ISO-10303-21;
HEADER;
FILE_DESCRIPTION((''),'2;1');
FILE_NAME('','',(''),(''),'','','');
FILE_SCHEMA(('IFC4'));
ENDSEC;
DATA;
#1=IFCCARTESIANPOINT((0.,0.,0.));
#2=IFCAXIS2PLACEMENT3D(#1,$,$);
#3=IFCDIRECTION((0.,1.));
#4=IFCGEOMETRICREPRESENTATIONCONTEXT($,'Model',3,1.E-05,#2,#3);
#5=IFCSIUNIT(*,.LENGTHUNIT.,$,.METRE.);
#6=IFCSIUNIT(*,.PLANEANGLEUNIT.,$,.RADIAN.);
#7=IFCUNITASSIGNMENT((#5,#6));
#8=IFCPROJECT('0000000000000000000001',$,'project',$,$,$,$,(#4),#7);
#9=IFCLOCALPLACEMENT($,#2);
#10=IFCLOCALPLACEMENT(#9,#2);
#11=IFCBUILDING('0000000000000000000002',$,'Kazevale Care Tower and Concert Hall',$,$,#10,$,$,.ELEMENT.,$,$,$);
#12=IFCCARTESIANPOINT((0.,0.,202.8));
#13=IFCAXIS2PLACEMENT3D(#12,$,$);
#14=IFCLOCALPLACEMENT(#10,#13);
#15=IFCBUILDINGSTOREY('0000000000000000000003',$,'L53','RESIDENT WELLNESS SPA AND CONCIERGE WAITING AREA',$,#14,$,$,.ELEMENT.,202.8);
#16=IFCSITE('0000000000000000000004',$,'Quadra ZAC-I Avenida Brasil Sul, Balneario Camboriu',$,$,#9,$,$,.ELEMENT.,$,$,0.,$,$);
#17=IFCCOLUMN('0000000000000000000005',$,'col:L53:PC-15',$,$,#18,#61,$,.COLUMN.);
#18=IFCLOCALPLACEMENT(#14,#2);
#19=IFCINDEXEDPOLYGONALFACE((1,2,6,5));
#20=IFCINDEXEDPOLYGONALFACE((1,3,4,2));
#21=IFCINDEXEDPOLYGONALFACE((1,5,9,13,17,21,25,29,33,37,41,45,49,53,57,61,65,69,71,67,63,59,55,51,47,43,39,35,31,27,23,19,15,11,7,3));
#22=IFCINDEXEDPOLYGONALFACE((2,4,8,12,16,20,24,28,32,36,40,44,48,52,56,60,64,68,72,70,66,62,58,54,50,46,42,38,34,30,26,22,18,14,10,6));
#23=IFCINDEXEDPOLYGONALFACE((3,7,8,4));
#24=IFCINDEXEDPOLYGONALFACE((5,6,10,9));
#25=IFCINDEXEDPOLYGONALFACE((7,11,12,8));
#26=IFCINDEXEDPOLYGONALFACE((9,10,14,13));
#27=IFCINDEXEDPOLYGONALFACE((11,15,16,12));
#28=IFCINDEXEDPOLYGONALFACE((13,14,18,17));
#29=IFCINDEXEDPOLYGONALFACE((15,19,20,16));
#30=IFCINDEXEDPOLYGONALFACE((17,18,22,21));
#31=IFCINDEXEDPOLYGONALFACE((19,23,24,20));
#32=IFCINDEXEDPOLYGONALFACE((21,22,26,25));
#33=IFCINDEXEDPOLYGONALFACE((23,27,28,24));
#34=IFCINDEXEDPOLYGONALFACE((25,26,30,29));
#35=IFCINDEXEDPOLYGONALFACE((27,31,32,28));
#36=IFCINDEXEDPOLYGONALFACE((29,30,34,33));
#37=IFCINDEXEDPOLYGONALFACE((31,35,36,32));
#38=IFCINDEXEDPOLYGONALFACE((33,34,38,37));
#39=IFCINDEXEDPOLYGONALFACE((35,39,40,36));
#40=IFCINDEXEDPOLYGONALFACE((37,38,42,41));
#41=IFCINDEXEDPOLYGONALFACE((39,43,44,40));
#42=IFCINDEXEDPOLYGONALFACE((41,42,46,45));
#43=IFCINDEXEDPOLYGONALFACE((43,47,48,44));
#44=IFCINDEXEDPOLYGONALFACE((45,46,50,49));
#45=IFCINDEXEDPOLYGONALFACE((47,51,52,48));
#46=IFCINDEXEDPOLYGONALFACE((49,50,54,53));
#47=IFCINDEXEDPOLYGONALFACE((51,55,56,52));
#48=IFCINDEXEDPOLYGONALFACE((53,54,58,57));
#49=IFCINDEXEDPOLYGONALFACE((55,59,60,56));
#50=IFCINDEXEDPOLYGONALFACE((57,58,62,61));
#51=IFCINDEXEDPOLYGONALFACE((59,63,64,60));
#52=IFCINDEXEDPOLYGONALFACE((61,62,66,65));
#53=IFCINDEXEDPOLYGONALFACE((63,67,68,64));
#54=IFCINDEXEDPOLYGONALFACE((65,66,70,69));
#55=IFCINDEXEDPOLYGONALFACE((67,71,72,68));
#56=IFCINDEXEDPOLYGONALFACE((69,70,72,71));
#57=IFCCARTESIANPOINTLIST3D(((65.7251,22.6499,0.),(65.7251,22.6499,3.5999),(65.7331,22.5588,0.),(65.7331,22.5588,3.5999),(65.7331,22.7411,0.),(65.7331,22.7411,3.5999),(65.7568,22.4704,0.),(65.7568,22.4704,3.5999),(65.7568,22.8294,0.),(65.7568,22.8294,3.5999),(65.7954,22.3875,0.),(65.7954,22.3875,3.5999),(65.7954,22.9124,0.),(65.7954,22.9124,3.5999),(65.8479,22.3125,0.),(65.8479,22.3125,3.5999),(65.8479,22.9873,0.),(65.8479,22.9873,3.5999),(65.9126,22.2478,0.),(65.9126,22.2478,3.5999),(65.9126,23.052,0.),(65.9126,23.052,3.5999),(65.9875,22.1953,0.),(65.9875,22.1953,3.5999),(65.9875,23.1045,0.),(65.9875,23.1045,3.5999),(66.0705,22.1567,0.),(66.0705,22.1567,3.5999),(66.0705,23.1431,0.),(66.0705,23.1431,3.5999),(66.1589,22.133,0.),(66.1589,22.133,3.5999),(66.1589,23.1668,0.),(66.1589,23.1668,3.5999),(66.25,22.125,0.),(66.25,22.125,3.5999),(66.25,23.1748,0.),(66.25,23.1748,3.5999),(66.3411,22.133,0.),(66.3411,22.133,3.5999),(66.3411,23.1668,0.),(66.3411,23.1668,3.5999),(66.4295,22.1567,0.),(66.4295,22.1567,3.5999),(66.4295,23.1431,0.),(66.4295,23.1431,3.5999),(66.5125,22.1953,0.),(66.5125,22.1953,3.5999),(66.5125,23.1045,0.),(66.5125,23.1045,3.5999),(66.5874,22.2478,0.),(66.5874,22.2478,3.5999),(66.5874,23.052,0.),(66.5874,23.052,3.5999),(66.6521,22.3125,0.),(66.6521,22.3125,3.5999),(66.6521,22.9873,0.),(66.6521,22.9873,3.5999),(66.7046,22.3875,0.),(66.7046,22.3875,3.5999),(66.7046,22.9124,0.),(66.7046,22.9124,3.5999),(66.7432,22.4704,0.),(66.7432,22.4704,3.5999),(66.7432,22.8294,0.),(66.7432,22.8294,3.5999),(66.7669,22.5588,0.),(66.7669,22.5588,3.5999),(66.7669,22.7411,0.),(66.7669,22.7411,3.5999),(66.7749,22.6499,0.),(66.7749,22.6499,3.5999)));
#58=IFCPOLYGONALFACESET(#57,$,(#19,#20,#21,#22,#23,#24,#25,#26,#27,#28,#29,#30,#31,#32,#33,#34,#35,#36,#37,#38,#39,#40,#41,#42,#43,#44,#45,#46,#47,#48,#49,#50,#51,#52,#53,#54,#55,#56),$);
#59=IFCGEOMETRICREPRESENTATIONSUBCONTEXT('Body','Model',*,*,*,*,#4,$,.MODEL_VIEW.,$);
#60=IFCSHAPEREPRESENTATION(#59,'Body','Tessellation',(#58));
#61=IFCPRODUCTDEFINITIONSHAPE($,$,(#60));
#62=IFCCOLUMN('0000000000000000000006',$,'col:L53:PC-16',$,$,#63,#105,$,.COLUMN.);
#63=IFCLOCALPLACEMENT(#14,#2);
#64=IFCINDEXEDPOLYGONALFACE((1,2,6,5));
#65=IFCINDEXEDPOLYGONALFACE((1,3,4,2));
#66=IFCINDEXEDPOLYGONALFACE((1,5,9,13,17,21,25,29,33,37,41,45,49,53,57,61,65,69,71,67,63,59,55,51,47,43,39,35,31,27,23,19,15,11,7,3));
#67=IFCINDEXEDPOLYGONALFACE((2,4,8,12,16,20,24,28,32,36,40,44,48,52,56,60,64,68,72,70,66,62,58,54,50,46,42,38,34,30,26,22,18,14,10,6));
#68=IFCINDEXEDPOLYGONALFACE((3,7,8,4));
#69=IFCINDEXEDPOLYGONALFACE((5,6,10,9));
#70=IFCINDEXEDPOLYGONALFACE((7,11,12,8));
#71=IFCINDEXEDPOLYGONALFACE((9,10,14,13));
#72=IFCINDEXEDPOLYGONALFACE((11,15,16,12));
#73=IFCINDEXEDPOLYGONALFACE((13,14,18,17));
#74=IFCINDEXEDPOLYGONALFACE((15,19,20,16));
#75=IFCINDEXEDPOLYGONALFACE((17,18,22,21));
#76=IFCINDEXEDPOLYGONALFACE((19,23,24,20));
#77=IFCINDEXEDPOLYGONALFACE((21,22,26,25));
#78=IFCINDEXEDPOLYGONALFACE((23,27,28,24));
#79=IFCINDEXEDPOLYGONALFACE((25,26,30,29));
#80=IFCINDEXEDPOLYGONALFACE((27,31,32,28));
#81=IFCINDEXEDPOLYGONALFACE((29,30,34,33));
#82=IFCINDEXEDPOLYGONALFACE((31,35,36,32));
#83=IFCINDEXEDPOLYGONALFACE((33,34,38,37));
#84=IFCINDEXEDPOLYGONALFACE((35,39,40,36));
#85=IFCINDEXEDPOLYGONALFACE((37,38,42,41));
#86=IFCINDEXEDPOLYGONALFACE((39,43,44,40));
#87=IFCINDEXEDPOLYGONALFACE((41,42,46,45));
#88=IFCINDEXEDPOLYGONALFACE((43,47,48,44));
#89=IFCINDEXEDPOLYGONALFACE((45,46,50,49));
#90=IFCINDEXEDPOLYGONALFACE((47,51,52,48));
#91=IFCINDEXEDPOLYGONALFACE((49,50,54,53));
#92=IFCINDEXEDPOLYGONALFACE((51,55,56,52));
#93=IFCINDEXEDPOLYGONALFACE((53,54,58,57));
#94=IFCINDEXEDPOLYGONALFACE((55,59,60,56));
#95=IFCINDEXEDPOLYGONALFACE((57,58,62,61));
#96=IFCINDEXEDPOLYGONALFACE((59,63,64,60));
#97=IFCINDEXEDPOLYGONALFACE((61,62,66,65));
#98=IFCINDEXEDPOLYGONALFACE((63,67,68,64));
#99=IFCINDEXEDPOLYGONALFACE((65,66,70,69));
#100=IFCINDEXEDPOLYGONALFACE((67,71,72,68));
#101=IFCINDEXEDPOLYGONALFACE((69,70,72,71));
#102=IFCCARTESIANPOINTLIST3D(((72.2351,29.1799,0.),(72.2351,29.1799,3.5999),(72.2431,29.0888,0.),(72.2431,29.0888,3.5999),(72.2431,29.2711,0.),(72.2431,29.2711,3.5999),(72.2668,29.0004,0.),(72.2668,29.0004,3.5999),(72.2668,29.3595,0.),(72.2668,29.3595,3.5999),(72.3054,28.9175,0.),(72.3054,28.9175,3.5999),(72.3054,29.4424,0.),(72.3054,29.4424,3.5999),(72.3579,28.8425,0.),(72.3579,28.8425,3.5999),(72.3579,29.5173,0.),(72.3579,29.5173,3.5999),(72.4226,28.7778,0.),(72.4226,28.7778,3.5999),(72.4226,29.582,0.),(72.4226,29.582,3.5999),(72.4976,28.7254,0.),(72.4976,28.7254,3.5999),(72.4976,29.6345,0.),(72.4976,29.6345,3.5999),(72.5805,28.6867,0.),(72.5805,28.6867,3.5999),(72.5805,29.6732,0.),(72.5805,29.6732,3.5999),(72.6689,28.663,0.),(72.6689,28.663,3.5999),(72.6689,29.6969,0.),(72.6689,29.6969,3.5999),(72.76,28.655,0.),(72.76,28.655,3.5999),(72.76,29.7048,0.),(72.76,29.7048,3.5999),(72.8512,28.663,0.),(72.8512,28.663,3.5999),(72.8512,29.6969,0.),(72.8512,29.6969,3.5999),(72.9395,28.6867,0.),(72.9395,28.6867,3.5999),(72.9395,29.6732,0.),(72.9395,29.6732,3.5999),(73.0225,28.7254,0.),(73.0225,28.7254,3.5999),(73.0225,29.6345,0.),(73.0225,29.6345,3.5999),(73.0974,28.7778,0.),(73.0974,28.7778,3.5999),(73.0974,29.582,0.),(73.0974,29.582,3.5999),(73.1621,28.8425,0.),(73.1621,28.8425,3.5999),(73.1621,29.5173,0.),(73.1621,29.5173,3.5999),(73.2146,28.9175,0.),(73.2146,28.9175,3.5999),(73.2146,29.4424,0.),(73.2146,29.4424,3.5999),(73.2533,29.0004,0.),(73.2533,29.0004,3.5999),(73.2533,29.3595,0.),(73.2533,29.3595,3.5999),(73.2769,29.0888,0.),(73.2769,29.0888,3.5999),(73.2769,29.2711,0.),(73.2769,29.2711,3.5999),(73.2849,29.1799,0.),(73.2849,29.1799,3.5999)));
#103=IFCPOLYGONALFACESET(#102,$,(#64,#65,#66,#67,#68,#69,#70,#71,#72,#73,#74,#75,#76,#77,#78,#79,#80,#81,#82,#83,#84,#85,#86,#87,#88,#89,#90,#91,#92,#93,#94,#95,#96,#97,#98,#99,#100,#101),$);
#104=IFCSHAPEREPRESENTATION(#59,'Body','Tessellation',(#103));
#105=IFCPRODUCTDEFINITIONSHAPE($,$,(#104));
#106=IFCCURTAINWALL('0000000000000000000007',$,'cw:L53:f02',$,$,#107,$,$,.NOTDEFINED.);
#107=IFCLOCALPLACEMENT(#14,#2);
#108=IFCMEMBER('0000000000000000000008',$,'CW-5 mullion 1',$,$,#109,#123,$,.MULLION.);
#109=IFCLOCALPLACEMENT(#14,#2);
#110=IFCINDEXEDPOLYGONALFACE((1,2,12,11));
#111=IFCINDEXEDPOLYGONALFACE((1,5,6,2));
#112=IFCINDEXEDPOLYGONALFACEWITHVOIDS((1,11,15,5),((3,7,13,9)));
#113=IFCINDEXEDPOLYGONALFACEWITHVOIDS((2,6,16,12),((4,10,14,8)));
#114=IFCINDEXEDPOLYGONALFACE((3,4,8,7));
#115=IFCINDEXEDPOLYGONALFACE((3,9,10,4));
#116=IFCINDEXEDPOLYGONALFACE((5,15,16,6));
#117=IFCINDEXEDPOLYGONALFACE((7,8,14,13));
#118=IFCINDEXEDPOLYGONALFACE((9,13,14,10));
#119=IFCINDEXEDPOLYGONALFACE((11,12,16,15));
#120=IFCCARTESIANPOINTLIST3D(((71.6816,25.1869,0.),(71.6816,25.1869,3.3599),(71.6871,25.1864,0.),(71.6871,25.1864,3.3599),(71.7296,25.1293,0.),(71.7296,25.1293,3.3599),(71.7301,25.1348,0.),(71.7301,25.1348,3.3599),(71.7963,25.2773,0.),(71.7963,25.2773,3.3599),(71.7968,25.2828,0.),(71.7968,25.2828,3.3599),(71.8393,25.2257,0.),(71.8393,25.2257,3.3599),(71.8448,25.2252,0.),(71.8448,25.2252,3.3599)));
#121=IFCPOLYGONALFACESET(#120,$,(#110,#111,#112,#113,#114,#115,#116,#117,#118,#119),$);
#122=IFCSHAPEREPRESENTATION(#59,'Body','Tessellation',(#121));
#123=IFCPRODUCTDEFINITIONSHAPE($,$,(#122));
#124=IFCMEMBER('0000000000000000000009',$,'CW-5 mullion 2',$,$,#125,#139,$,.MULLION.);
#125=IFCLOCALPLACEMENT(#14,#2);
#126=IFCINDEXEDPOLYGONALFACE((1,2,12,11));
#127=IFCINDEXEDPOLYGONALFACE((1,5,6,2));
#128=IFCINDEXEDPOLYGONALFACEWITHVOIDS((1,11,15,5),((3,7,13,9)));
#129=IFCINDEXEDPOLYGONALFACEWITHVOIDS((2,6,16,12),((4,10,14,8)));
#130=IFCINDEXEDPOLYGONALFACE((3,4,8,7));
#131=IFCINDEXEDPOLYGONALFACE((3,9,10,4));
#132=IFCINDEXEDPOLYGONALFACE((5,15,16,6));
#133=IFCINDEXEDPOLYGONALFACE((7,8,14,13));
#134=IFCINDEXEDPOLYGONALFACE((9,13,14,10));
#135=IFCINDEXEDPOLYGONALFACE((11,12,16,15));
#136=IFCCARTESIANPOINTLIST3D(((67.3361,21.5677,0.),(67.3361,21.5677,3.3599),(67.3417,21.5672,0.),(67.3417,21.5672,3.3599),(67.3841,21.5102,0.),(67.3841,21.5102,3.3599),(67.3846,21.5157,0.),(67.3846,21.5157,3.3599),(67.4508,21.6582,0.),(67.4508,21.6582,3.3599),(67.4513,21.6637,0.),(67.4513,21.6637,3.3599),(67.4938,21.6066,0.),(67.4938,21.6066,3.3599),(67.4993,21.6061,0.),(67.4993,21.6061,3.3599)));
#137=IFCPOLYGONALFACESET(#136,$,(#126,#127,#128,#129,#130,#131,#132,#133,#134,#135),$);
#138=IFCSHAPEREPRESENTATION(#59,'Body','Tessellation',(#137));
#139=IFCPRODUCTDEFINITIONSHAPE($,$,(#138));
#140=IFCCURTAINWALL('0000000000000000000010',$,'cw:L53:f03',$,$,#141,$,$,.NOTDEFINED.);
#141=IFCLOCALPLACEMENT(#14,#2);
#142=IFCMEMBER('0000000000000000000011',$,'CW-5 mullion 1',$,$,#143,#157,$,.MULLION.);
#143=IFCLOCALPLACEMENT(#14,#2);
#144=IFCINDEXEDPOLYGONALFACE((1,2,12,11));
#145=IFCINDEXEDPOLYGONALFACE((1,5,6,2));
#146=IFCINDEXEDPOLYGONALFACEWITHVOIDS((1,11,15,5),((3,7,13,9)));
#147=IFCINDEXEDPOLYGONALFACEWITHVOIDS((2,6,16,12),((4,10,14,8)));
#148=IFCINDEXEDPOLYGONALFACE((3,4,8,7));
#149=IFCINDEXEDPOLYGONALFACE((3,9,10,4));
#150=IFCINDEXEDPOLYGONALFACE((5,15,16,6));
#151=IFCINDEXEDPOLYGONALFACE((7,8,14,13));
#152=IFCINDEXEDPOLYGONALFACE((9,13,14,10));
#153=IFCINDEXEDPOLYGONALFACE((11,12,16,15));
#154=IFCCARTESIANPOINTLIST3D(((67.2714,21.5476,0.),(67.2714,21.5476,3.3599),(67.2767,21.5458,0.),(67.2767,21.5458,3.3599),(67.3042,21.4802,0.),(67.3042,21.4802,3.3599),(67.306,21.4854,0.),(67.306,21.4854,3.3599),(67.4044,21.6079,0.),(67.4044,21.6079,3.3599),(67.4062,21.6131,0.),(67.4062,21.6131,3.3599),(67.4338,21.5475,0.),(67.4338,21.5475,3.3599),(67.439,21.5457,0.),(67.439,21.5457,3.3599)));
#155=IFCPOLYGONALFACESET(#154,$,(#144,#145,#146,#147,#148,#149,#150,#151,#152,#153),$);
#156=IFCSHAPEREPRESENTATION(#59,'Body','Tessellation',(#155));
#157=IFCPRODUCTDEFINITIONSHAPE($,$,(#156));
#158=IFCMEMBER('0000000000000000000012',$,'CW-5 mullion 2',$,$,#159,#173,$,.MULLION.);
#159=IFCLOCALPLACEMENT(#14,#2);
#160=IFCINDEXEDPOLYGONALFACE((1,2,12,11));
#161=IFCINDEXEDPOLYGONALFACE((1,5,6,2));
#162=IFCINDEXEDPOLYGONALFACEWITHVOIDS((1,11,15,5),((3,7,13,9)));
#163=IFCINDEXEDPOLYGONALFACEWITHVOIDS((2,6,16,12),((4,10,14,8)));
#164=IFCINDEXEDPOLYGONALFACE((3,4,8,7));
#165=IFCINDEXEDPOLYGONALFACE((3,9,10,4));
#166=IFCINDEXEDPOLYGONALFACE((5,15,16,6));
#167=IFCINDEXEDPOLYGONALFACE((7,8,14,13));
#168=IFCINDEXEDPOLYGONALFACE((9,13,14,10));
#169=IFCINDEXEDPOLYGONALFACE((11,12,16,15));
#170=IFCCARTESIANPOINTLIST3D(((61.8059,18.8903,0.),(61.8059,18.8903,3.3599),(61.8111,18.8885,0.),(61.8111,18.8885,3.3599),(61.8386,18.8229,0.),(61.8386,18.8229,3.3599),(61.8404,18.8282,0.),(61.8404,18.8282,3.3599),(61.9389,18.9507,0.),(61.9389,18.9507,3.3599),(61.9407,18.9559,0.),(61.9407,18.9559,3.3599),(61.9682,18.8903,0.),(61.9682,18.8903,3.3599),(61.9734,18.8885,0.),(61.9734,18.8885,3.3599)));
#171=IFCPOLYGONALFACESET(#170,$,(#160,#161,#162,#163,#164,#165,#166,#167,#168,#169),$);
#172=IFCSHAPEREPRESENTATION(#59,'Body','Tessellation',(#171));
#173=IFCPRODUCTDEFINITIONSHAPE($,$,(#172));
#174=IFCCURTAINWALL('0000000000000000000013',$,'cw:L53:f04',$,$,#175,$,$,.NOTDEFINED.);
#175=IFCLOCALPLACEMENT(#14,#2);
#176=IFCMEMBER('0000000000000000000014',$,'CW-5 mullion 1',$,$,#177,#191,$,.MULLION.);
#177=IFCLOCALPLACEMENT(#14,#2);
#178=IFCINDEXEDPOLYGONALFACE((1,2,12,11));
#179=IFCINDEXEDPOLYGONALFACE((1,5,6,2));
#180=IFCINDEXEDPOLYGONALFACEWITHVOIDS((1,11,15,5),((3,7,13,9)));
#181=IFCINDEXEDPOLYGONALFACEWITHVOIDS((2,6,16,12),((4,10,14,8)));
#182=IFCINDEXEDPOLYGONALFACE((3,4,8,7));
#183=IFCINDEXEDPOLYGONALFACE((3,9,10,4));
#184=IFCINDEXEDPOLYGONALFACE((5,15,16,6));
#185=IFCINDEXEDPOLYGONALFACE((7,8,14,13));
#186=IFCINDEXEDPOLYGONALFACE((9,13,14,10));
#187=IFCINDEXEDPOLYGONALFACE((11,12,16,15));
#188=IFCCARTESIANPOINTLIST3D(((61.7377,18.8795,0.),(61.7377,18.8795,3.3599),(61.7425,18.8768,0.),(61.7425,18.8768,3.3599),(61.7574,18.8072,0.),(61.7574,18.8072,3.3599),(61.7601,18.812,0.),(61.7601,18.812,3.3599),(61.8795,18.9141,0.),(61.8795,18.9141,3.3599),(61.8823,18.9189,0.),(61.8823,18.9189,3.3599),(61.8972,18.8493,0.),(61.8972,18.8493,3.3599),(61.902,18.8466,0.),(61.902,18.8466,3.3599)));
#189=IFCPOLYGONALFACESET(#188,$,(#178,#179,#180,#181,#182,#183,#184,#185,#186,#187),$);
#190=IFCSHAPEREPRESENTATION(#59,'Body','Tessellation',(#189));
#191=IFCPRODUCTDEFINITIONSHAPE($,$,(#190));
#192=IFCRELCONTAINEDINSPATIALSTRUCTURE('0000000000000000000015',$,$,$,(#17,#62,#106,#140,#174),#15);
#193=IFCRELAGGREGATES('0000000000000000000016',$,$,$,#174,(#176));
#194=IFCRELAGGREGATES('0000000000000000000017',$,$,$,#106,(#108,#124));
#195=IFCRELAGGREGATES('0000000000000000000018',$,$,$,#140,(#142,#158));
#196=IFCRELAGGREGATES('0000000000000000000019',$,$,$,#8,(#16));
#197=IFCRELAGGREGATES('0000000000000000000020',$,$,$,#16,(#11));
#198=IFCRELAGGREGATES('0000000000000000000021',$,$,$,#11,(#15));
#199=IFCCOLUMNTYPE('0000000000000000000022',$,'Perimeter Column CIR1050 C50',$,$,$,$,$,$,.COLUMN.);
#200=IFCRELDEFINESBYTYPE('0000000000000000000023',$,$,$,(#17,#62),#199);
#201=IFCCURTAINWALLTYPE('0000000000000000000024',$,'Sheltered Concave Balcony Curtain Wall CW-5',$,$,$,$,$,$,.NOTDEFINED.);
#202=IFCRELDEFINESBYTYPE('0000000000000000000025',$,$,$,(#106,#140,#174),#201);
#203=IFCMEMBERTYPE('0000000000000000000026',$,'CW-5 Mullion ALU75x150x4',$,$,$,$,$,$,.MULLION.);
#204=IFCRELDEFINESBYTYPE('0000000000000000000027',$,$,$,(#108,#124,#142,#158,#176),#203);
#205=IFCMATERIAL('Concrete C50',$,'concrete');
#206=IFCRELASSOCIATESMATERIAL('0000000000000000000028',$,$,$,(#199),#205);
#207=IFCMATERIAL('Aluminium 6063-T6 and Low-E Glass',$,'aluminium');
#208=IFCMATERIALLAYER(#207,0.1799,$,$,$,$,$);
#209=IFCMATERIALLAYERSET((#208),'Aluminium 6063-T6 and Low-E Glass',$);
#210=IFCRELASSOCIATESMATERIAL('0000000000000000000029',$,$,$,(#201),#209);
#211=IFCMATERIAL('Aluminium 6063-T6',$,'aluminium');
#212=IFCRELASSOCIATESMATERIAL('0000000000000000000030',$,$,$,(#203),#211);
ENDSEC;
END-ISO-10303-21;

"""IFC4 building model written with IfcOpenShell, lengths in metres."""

from ifc_helpers import new_model, si_unit, direction, frame, origin, origin_2d, place, context, subcontext, project, spatial, hollow_rectangle, circle, extrude, material, layer, layer_set, material_profile, profile_set, type_object, element, aggregate, save


model = new_model("IFC4")

# Units and contexts
model_context = context("Model", 3, precision=1e-05, world=origin(), true_north=direction((0.0, 1.0)))
body_context = subcontext(model_context, "Body", "Model", "MODEL_VIEW")
ifc_project = project(units=[si_unit("LENGTHUNIT", "METRE"), si_unit("PLANEANGLEUNIT", "RADIAN")], contexts=[model_context])

# Site, building, storey
site_placement = place(None, origin())
site = spatial("IfcSite", under=ifc_project, at=site_placement, Name="Quadra ZAC-I Avenida Brasil Sul, Balneario Camboriu", CompositionType="ELEMENT", RefElevation=0.0)
building_placement = place(site_placement, origin())
building = spatial("IfcBuilding", under=site, at=building_placement, Name="Kazevale Care Tower and Concert Hall", CompositionType="ELEMENT")
storey_placement = place(building_placement, frame((0.0, 0.0, 202.8)))
storey = spatial("IfcBuildingStorey", under=building, at=storey_placement, Name="L53", Description="RESIDENT WELLNESS SPA AND CONCIERGE WAITING AREA", CompositionType="ELEMENT", Elevation=202.8)

# Columns
ifc_material_1 = material(Name="Concrete C50", Category="concrete")
ifc_material_profile_1 = material_profile(ifc_material_1, circle(Radius=0.5249, at=origin_2d()), Name="RC-CIR1050")
ifc_profile_set_1 = profile_set([ifc_material_profile_1], Name="Concrete C50")
column_type = type_object("IfcColumnType", Name="Perimeter Column CIR1050 C50", PredefinedType="COLUMN", material=ifc_profile_set_1)
for number, where, z_axis, x_axis, name in (
    (1, (66.25, 22.6499, 0.0), (0.0, 0.0, 1.0), (1.0, 0.0, 0.0), "col:L53:PC-15"),
    (2, (72.76, 29.1799, 0.0), (0.0, 0.0, 1.0), (1.0, 0.0, 0.0), "col:L53:PC-16"),
):
    element("IfcColumn", number, at=place(storey_placement, frame(where, z_axis=z_axis, x_axis=x_axis)), inside=storey, type_object=column_type, Name=name, PredefinedType="COLUMN", context=body_context, shape_type="SweptSolid", body=[
        extrude(circle(Radius=0.5249, at=origin_2d()), origin(), (0.0, 0.0, 1.0), 3.5999),
    ])

# Curtain walls, members
ifc_material_2 = material(Name="Aluminium 6063-T6 and Low-E Glass", Category="aluminium")
ifc_layer_1 = layer(ifc_material_2, 0.1799)
ifc_layer_set_1 = layer_set([ifc_layer_1], Name="Aluminium 6063-T6 and Low-E Glass")
curtain_wall_type = type_object("IfcCurtainWallType", Name="Sheltered Concave Balcony Curtain Wall CW-5", PredefinedType="NOTDEFINED", material=ifc_layer_set_1)
curtain_wall_1_placement = place(storey_placement, origin())
curtain_wall_1 = element("IfcCurtainWall", 3, at=curtain_wall_1_placement, inside=storey, type_object=curtain_wall_type, Name="cw:L53:f02", PredefinedType="NOTDEFINED")
ifc_material_3 = material(Name="Aluminium 6063-T6", Category="aluminium")
ifc_material_profile_2 = material_profile(ifc_material_3, hollow_rectangle(XDim=0.075, YDim=0.1499, WallThickness=0.0039, at=origin_2d()), Name="ALU75x150x4")
ifc_profile_set_2 = profile_set([ifc_material_profile_2], Name="Aluminium 6063-T6")
member_type_1 = type_object("IfcMemberType", Name="CW-5 Mullion ALU75x150x4", PredefinedType="MULLION", material=ifc_profile_set_2)
member_1_placement = place(storey_placement, frame((71.7632, 25.2061, 0.0), z_axis=(0.0, 0.0, 1.0), x_axis=(0.639961, -0.768407, 0.0)))
member_1 = element("IfcMember", 4, at=member_1_placement, type_object=member_type_1, Name="CW-5 mullion 1", PredefinedType="MULLION", context=body_context, shape_type="SweptSolid", body=[
    extrude(hollow_rectangle(XDim=0.075, YDim=0.1499, WallThickness=0.0039, at=origin_2d()), origin(), (0.0, 0.0, 1.0), 3.3599),
])
member_2_placement = place(storey_placement, frame((67.4177, 21.5869, 0.0), z_axis=(0.0, 0.0, 1.0), x_axis=(0.639961, -0.768407, 0.0)))
member_2 = element("IfcMember", 5, at=member_2_placement, type_object=member_type_1, Name="CW-5 mullion 2", PredefinedType="MULLION", context=body_context, shape_type="SweptSolid", body=[
    extrude(hollow_rectangle(XDim=0.075, YDim=0.1499, WallThickness=0.0039, at=origin_2d()), origin(), (0.0, 0.0, 1.0), 3.3599),
])
curtain_wall_2_placement = place(storey_placement, origin())
curtain_wall_2 = element("IfcCurtainWall", 6, at=curtain_wall_2_placement, inside=storey, type_object=curtain_wall_type, Name="cw:L53:f03", PredefinedType="NOTDEFINED")
member_3_placement = place(storey_placement, frame((67.3552, 21.5466, 0.0), z_axis=(0.0, 0.0, 1.0), x_axis=(0.437238, -0.899346, 0.0)))
member_3 = element("IfcMember", 7, at=member_3_placement, type_object=member_type_1, Name="CW-5 mullion 1", PredefinedType="MULLION", context=body_context, shape_type="SweptSolid", body=[
    extrude(hollow_rectangle(XDim=0.075, YDim=0.1499, WallThickness=0.0039, at=origin_2d()), origin(), (0.0, 0.0, 1.0), 3.3599),
])
member_4_placement = place(storey_placement, frame((61.8896, 18.8894, 0.0), z_axis=(0.0, 0.0, 1.0), x_axis=(0.437238, -0.899346, 0.0)))
member_4 = element("IfcMember", 8, at=member_4_placement, type_object=member_type_1, Name="CW-5 mullion 2", PredefinedType="MULLION", context=body_context, shape_type="SweptSolid", body=[
    extrude(hollow_rectangle(XDim=0.075, YDim=0.1499, WallThickness=0.0039, at=origin_2d()), origin(), (0.0, 0.0, 1.0), 3.3599),
])

# Curtain wall, member
curtain_wall_3_placement = place(storey_placement, origin())
curtain_wall_3 = element("IfcCurtainWall", 9, at=curtain_wall_3_placement, inside=storey, type_object=curtain_wall_type, Name="cw:L53:f04", PredefinedType="NOTDEFINED")
member_5_placement = place(storey_placement, frame((61.8198, 18.863, 0.0), z_axis=(0.0, 0.0, 1.0), x_axis=(0.262849, -0.964837, 0.0)))
member_5 = element("IfcMember", 10, at=member_5_placement, type_object=member_type_1, Name="CW-5 mullion 1", PredefinedType="MULLION", context=body_context, shape_type="SweptSolid", body=[
    extrude(hollow_rectangle(XDim=0.075, YDim=0.1499, WallThickness=0.0039, at=origin_2d()), origin(), (0.0, 0.0, 1.0), 3.3599),
])

aggregate(curtain_wall_3, [member_5])

aggregate(curtain_wall_1, [member_1, member_2])
aggregate(curtain_wall_2, [member_3, member_4])

save(model, "model.ifc")
